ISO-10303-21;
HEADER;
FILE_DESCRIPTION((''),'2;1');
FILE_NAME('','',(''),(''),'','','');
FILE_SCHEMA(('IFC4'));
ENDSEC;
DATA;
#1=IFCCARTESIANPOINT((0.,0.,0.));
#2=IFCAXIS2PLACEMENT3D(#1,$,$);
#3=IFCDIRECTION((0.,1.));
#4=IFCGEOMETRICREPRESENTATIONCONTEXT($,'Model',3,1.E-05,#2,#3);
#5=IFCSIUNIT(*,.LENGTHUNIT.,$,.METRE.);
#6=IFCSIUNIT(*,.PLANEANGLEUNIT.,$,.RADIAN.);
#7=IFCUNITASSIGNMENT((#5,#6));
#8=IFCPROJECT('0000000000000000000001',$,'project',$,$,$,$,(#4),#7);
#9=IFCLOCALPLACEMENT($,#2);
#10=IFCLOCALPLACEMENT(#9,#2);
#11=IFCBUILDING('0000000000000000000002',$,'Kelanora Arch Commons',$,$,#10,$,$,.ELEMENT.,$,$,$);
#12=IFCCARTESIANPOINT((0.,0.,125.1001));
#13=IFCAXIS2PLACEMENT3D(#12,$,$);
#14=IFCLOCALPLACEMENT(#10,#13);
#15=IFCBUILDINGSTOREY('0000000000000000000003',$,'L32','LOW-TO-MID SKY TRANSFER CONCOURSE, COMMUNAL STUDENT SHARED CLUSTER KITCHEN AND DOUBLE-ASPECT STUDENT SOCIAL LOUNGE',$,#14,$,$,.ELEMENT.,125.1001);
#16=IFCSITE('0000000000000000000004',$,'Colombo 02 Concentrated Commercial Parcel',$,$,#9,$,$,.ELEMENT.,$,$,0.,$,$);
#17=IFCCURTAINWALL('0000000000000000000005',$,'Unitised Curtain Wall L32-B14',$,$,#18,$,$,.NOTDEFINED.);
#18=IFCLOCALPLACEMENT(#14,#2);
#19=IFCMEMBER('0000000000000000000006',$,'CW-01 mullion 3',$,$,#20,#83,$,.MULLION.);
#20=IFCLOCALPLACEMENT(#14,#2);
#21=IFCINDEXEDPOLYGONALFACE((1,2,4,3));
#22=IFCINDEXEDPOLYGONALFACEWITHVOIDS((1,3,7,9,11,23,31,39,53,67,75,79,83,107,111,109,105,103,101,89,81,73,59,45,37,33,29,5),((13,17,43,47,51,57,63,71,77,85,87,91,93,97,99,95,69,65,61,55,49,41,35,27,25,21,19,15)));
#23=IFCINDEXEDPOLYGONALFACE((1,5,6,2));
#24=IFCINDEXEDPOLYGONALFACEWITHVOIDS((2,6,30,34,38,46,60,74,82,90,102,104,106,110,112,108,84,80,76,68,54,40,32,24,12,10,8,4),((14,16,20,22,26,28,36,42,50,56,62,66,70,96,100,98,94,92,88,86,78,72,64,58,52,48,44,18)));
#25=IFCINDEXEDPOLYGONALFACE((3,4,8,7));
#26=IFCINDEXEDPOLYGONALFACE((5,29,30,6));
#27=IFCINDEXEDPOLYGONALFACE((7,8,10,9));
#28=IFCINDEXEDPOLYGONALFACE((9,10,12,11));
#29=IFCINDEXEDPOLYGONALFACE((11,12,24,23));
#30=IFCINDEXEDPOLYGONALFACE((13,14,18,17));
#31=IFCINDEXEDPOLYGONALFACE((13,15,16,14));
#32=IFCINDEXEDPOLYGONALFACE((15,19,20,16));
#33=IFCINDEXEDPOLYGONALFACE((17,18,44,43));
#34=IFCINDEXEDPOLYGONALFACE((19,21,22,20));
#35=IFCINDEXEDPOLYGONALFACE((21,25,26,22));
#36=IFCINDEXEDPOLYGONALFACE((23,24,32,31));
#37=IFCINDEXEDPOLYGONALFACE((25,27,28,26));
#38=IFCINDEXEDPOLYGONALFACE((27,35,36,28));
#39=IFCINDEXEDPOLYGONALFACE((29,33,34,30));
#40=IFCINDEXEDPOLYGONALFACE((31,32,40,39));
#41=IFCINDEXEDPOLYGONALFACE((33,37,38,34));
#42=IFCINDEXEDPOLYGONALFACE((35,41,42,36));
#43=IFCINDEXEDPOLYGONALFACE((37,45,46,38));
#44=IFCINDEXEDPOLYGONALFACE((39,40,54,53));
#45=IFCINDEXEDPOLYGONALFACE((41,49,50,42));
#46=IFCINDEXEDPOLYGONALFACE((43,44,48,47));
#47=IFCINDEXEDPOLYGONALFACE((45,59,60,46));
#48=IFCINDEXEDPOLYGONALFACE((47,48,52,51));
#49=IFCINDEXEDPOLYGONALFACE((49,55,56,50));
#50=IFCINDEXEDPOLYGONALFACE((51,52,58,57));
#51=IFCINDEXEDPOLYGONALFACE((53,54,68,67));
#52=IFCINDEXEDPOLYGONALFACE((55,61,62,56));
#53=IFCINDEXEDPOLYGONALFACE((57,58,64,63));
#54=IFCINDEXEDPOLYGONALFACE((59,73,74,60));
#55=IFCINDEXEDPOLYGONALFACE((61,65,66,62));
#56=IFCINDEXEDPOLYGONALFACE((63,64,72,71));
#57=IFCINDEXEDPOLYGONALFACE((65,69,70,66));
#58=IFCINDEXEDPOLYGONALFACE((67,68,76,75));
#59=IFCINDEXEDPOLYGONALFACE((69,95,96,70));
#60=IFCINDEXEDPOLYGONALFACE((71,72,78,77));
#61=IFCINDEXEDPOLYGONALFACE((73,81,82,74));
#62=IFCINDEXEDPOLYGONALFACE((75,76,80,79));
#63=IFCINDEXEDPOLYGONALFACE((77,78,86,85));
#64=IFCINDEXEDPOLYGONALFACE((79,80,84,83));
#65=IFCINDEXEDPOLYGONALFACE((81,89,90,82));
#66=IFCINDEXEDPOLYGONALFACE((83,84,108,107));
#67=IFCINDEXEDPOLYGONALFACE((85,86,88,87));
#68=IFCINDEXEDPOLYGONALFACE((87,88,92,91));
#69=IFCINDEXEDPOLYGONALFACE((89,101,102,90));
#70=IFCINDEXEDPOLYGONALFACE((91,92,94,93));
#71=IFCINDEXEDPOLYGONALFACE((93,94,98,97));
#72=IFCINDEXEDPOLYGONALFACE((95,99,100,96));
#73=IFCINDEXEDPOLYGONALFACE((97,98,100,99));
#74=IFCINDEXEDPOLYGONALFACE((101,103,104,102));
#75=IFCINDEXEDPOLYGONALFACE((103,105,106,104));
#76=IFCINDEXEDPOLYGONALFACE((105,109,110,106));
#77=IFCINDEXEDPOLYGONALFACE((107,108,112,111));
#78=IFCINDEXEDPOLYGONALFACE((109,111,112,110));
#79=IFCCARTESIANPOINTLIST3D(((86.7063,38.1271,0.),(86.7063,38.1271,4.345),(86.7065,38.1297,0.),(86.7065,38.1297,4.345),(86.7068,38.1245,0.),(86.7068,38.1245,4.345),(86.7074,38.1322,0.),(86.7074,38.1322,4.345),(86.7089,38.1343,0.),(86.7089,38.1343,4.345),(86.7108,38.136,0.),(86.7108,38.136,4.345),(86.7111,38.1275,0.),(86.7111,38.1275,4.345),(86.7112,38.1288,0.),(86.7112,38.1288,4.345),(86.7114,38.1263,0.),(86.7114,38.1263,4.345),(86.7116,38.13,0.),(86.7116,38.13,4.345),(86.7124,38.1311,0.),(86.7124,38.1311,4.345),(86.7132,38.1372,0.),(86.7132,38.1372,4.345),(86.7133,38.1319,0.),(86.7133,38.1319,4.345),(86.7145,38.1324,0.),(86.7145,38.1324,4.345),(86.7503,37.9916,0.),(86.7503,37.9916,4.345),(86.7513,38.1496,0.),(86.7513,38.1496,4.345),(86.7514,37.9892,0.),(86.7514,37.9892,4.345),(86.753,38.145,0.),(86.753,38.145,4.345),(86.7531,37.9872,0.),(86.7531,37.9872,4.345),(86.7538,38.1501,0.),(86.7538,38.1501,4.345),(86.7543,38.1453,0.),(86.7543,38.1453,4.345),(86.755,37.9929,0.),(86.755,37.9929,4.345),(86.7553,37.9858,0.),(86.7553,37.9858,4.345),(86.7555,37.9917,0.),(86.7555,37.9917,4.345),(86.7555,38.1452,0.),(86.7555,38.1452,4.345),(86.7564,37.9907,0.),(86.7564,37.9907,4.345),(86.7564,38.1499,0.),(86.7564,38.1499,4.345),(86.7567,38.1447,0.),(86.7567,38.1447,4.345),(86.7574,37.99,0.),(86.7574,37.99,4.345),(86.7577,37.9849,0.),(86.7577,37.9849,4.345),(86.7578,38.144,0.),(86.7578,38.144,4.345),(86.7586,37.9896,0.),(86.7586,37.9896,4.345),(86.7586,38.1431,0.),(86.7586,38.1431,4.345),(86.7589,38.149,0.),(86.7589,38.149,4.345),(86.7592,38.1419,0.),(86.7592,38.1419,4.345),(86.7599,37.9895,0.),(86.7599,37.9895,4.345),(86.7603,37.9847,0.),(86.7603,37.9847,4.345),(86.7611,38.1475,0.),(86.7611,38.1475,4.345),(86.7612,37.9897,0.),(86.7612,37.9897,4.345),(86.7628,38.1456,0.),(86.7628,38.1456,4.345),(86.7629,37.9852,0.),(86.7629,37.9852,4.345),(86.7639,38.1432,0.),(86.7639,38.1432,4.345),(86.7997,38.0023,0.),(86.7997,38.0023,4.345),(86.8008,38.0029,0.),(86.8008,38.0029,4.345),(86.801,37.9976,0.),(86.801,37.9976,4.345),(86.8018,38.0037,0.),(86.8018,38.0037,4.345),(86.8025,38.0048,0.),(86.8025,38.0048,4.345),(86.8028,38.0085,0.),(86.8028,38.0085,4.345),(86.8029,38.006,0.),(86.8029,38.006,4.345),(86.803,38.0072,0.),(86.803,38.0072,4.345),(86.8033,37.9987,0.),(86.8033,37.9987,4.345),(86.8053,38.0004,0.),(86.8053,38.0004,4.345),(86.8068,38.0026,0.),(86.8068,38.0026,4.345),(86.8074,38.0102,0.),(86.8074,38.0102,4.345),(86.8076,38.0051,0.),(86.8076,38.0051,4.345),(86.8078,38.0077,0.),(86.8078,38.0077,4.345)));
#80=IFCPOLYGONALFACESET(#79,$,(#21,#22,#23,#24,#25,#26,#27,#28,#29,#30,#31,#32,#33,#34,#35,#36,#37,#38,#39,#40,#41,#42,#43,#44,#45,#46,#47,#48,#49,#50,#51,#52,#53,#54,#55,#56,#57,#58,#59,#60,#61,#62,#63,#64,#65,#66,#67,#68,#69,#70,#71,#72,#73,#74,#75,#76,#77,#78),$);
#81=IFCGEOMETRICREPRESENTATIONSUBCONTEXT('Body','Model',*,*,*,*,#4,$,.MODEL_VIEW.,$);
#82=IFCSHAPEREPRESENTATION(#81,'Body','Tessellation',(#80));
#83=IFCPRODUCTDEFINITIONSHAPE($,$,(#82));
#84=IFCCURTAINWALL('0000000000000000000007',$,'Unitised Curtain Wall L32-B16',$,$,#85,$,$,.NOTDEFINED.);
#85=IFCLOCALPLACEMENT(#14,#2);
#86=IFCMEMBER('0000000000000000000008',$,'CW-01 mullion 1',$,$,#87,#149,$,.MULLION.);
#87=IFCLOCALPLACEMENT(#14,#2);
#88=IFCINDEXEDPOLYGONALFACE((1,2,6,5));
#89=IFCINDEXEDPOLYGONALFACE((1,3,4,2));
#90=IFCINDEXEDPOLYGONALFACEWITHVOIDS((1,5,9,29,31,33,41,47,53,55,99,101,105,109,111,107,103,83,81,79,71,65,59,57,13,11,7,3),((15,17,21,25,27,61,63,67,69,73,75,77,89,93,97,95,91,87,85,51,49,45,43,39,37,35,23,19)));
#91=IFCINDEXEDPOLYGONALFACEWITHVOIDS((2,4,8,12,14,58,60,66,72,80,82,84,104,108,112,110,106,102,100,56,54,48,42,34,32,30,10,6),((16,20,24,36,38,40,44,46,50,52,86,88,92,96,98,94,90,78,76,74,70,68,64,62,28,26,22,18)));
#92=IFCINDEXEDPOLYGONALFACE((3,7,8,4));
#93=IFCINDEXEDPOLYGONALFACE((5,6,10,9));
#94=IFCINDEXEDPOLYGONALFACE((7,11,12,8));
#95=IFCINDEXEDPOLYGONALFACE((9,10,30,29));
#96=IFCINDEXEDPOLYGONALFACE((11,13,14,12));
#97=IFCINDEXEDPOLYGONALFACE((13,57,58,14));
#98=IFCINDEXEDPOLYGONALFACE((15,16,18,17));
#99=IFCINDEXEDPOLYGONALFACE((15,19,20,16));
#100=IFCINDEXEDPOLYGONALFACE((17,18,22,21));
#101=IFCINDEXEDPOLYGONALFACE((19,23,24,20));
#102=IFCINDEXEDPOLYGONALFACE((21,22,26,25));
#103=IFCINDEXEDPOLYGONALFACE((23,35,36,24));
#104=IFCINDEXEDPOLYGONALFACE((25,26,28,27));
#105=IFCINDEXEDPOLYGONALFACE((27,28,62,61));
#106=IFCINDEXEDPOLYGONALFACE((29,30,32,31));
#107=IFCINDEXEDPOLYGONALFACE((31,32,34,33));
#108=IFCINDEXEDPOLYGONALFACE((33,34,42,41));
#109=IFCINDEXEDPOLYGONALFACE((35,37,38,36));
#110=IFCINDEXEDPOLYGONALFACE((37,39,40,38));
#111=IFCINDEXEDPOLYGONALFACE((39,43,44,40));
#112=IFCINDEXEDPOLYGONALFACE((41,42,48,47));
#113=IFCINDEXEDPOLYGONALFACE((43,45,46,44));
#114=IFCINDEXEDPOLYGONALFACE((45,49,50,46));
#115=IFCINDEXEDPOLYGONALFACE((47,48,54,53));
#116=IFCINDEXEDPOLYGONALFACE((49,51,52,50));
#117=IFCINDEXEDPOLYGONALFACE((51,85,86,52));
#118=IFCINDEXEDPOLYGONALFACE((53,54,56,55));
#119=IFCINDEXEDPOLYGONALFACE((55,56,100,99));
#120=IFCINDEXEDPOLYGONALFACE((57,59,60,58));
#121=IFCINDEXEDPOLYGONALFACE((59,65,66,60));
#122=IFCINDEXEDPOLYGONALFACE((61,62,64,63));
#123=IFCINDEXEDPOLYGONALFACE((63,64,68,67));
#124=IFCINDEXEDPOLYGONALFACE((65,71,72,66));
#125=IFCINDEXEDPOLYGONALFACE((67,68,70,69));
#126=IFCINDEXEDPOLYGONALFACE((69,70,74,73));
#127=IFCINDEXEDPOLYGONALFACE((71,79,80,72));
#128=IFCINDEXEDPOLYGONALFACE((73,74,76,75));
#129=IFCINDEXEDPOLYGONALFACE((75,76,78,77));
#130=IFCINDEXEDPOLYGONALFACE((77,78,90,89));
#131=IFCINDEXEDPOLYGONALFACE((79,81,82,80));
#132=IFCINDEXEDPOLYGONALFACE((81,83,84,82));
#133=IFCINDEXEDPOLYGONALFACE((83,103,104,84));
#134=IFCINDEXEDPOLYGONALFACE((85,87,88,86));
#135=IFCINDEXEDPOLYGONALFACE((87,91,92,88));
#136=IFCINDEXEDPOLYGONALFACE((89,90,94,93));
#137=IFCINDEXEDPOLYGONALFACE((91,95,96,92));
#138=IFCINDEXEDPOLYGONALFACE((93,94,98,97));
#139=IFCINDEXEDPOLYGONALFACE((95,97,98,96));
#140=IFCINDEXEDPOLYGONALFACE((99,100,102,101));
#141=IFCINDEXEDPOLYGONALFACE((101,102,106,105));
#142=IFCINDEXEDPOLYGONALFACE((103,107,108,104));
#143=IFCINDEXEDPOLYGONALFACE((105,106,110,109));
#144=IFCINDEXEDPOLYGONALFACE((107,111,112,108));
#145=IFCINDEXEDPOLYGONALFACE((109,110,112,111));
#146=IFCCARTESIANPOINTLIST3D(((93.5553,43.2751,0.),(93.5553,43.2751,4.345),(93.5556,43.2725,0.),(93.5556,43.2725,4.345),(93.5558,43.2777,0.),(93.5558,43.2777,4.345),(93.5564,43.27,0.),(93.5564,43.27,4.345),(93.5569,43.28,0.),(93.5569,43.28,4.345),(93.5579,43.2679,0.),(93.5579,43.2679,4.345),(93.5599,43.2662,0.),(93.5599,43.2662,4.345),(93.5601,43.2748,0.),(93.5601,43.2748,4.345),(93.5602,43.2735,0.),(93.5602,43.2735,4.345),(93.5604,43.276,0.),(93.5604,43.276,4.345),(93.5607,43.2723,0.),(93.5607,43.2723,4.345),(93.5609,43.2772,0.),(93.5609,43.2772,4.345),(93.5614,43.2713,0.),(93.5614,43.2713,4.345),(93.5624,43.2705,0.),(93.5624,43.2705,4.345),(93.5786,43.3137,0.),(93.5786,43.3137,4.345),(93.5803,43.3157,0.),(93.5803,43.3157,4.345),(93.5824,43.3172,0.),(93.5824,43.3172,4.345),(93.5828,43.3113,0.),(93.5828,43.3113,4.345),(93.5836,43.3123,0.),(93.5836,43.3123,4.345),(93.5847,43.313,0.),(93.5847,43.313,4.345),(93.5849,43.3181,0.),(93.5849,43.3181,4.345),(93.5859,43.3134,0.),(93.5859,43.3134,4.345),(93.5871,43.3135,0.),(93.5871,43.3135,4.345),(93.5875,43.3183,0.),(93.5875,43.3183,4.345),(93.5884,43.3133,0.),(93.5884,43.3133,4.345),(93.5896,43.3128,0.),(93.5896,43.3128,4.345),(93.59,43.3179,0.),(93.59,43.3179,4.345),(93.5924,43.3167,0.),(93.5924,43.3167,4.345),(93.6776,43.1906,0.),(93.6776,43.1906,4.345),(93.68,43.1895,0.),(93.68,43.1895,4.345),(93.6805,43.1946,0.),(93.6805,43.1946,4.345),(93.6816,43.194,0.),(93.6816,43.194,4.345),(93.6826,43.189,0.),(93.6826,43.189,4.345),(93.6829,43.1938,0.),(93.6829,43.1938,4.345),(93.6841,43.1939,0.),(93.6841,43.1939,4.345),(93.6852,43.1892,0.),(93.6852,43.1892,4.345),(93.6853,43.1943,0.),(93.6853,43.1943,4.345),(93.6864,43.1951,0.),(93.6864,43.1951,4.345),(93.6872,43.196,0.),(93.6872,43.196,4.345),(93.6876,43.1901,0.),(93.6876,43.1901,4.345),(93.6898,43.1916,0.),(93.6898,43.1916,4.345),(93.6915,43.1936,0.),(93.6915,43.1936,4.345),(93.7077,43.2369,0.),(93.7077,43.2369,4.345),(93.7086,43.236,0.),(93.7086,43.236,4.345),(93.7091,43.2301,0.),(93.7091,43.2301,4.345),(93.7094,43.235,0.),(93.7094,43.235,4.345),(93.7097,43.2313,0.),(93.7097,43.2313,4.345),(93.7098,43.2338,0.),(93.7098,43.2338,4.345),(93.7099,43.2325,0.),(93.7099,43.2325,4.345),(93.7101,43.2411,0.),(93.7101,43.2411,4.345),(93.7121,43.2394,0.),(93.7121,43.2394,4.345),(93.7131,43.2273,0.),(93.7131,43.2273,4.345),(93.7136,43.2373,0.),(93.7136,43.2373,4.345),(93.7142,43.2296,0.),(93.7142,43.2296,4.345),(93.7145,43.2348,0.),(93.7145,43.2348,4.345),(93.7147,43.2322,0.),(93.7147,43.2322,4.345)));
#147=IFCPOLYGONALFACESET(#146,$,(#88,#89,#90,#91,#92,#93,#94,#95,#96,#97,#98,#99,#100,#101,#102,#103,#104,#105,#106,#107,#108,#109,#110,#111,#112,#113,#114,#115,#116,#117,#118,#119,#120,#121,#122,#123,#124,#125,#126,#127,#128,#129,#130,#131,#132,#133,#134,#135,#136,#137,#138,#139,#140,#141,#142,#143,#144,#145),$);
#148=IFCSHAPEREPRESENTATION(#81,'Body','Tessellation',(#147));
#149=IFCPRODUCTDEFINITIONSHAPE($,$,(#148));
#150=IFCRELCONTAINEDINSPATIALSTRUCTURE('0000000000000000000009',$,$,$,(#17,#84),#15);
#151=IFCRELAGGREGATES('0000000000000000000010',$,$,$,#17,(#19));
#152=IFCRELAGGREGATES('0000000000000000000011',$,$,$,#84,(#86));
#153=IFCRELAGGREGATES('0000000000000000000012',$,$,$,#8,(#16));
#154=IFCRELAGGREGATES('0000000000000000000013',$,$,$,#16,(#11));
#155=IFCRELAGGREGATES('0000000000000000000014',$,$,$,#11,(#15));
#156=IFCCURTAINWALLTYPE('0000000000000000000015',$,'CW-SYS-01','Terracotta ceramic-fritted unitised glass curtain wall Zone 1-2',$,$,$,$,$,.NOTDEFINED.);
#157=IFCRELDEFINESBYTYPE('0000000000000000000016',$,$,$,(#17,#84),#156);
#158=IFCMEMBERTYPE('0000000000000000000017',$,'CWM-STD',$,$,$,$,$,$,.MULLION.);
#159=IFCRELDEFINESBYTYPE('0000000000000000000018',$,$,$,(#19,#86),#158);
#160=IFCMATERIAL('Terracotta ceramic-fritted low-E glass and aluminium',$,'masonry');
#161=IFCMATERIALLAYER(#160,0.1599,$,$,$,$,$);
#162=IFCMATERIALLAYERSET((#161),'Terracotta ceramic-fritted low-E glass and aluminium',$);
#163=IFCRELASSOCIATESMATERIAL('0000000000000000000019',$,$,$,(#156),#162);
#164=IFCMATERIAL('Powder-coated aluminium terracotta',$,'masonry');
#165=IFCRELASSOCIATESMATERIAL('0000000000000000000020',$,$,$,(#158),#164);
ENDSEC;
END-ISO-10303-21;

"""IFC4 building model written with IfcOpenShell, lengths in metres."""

from ifc_helpers import new_model, si_unit, direction, frame, origin, origin_2d, place, context, subcontext, project, spatial, hollow_rectangle, extrude, material, layer, layer_set, material_profile, profile_set, type_object, element, aggregate, save


model = new_model("IFC4")

# Units and contexts
model_context = context("Model", 3, precision=1e-05, world=origin(), true_north=direction((0.0, 1.0)))
body_context = subcontext(model_context, "Body", "Model", "MODEL_VIEW")
ifc_project = project(units=[si_unit("LENGTHUNIT", "METRE"), si_unit("PLANEANGLEUNIT", "RADIAN")], contexts=[model_context])

# Site, building, storey
site_placement = place(None, origin())
site = spatial("IfcSite", under=ifc_project, at=site_placement, Name="Colombo 02 Concentrated Commercial Parcel", CompositionType="ELEMENT", RefElevation=0.0)
building_placement = place(site_placement, origin())
building = spatial("IfcBuilding", under=site, at=building_placement, Name="Kelanora Arch Commons", CompositionType="ELEMENT")
storey_placement = place(building_placement, frame((0.0, 0.0, 125.1001)))
storey = spatial("IfcBuildingStorey", under=building, at=storey_placement, Name="L32", Description="LOW-TO-MID SKY TRANSFER CONCOURSE, COMMUNAL STUDENT SHARED CLUSTER KITCHEN AND DOUBLE-ASPECT STUDENT SOCIAL LOUNGE", CompositionType="ELEMENT", Elevation=125.1001)

# Curtain wall, member
ifc_material_1 = material(Name="Terracotta ceramic-fritted low-E glass and aluminium", Category="masonry")
ifc_layer_1 = layer(ifc_material_1, 0.1599)
ifc_layer_set_1 = layer_set([ifc_layer_1], Name="Terracotta ceramic-fritted low-E glass and aluminium")
curtain_wall_type = type_object("IfcCurtainWallType", Name="CW-SYS-01", Description="Terracotta ceramic-fritted unitised glass curtain wall Zone 1-2", PredefinedType="NOTDEFINED", material=ifc_layer_set_1)
curtain_wall_1_placement = place(storey_placement, origin())
curtain_wall_1 = element("IfcCurtainWall", 1, at=curtain_wall_1_placement, inside=storey, type_object=curtain_wall_type, Name="Unitised Curtain Wall L32-B14", PredefinedType="NOTDEFINED")
ifc_material_2 = material(Name="Powder-coated aluminium terracotta", Category="masonry")
ifc_material_profile_1 = material_profile(ifc_material_2, hollow_rectangle(XDim=0.1599, YDim=0.0601, WallThickness=0.0049, InnerFilletRadius=0.0049, OuterFilletRadius=0.01, at=origin_2d()), Name="CWM160x60")
ifc_profile_set_1 = profile_set([ifc_material_profile_1], Name="Powder-coated aluminium terracotta")
member_type_1 = type_object("IfcMemberType", Name="CWM-STD", PredefinedType="MULLION", material=ifc_profile_set_1)
member_1_placement = place(storey_placement, frame((86.7571, 38.0674, 0.0), z_axis=(0.0, 0.0, 1.0), x_axis=(-0.310805, 0.950474, 0.0)))
member_1 = element("IfcMember", 2, at=member_1_placement, type_object=member_type_1, Name="CW-01 mullion 3", PredefinedType="MULLION", context=body_context, shape_type="SweptSolid", body=[
    extrude(hollow_rectangle(XDim=0.1599, YDim=0.0601, WallThickness=0.0049, InnerFilletRadius=0.0049, OuterFilletRadius=0.01, at=origin_2d()), origin(), (0.0, 0.0, 1.0), 4.345),
])

# Curtain wall, member
curtain_wall_2_placement = place(storey_placement, origin())
curtain_wall_2 = element("IfcCurtainWall", 3, at=curtain_wall_2_placement, inside=storey, type_object=curtain_wall_type, Name="Unitised Curtain Wall L32-B16", PredefinedType="NOTDEFINED")
member_2_placement = place(storey_placement, frame((93.635, 43.2537, 0.0), z_axis=(0.0, 0.0, 1.0), x_axis=(-0.841269, 0.540617, 0.0)))
member_2 = element("IfcMember", 4, at=member_2_placement, type_object=member_type_1, Name="CW-01 mullion 1", PredefinedType="MULLION", context=body_context, shape_type="SweptSolid", body=[
    extrude(hollow_rectangle(XDim=0.1599, YDim=0.0601, WallThickness=0.0049, InnerFilletRadius=0.0049, OuterFilletRadius=0.01, at=origin_2d()), origin(), (0.0, 0.0, 1.0), 4.345),
])

aggregate(curtain_wall_1, [member_1])
aggregate(curtain_wall_2, [member_2])

save(model, "model.ifc")
